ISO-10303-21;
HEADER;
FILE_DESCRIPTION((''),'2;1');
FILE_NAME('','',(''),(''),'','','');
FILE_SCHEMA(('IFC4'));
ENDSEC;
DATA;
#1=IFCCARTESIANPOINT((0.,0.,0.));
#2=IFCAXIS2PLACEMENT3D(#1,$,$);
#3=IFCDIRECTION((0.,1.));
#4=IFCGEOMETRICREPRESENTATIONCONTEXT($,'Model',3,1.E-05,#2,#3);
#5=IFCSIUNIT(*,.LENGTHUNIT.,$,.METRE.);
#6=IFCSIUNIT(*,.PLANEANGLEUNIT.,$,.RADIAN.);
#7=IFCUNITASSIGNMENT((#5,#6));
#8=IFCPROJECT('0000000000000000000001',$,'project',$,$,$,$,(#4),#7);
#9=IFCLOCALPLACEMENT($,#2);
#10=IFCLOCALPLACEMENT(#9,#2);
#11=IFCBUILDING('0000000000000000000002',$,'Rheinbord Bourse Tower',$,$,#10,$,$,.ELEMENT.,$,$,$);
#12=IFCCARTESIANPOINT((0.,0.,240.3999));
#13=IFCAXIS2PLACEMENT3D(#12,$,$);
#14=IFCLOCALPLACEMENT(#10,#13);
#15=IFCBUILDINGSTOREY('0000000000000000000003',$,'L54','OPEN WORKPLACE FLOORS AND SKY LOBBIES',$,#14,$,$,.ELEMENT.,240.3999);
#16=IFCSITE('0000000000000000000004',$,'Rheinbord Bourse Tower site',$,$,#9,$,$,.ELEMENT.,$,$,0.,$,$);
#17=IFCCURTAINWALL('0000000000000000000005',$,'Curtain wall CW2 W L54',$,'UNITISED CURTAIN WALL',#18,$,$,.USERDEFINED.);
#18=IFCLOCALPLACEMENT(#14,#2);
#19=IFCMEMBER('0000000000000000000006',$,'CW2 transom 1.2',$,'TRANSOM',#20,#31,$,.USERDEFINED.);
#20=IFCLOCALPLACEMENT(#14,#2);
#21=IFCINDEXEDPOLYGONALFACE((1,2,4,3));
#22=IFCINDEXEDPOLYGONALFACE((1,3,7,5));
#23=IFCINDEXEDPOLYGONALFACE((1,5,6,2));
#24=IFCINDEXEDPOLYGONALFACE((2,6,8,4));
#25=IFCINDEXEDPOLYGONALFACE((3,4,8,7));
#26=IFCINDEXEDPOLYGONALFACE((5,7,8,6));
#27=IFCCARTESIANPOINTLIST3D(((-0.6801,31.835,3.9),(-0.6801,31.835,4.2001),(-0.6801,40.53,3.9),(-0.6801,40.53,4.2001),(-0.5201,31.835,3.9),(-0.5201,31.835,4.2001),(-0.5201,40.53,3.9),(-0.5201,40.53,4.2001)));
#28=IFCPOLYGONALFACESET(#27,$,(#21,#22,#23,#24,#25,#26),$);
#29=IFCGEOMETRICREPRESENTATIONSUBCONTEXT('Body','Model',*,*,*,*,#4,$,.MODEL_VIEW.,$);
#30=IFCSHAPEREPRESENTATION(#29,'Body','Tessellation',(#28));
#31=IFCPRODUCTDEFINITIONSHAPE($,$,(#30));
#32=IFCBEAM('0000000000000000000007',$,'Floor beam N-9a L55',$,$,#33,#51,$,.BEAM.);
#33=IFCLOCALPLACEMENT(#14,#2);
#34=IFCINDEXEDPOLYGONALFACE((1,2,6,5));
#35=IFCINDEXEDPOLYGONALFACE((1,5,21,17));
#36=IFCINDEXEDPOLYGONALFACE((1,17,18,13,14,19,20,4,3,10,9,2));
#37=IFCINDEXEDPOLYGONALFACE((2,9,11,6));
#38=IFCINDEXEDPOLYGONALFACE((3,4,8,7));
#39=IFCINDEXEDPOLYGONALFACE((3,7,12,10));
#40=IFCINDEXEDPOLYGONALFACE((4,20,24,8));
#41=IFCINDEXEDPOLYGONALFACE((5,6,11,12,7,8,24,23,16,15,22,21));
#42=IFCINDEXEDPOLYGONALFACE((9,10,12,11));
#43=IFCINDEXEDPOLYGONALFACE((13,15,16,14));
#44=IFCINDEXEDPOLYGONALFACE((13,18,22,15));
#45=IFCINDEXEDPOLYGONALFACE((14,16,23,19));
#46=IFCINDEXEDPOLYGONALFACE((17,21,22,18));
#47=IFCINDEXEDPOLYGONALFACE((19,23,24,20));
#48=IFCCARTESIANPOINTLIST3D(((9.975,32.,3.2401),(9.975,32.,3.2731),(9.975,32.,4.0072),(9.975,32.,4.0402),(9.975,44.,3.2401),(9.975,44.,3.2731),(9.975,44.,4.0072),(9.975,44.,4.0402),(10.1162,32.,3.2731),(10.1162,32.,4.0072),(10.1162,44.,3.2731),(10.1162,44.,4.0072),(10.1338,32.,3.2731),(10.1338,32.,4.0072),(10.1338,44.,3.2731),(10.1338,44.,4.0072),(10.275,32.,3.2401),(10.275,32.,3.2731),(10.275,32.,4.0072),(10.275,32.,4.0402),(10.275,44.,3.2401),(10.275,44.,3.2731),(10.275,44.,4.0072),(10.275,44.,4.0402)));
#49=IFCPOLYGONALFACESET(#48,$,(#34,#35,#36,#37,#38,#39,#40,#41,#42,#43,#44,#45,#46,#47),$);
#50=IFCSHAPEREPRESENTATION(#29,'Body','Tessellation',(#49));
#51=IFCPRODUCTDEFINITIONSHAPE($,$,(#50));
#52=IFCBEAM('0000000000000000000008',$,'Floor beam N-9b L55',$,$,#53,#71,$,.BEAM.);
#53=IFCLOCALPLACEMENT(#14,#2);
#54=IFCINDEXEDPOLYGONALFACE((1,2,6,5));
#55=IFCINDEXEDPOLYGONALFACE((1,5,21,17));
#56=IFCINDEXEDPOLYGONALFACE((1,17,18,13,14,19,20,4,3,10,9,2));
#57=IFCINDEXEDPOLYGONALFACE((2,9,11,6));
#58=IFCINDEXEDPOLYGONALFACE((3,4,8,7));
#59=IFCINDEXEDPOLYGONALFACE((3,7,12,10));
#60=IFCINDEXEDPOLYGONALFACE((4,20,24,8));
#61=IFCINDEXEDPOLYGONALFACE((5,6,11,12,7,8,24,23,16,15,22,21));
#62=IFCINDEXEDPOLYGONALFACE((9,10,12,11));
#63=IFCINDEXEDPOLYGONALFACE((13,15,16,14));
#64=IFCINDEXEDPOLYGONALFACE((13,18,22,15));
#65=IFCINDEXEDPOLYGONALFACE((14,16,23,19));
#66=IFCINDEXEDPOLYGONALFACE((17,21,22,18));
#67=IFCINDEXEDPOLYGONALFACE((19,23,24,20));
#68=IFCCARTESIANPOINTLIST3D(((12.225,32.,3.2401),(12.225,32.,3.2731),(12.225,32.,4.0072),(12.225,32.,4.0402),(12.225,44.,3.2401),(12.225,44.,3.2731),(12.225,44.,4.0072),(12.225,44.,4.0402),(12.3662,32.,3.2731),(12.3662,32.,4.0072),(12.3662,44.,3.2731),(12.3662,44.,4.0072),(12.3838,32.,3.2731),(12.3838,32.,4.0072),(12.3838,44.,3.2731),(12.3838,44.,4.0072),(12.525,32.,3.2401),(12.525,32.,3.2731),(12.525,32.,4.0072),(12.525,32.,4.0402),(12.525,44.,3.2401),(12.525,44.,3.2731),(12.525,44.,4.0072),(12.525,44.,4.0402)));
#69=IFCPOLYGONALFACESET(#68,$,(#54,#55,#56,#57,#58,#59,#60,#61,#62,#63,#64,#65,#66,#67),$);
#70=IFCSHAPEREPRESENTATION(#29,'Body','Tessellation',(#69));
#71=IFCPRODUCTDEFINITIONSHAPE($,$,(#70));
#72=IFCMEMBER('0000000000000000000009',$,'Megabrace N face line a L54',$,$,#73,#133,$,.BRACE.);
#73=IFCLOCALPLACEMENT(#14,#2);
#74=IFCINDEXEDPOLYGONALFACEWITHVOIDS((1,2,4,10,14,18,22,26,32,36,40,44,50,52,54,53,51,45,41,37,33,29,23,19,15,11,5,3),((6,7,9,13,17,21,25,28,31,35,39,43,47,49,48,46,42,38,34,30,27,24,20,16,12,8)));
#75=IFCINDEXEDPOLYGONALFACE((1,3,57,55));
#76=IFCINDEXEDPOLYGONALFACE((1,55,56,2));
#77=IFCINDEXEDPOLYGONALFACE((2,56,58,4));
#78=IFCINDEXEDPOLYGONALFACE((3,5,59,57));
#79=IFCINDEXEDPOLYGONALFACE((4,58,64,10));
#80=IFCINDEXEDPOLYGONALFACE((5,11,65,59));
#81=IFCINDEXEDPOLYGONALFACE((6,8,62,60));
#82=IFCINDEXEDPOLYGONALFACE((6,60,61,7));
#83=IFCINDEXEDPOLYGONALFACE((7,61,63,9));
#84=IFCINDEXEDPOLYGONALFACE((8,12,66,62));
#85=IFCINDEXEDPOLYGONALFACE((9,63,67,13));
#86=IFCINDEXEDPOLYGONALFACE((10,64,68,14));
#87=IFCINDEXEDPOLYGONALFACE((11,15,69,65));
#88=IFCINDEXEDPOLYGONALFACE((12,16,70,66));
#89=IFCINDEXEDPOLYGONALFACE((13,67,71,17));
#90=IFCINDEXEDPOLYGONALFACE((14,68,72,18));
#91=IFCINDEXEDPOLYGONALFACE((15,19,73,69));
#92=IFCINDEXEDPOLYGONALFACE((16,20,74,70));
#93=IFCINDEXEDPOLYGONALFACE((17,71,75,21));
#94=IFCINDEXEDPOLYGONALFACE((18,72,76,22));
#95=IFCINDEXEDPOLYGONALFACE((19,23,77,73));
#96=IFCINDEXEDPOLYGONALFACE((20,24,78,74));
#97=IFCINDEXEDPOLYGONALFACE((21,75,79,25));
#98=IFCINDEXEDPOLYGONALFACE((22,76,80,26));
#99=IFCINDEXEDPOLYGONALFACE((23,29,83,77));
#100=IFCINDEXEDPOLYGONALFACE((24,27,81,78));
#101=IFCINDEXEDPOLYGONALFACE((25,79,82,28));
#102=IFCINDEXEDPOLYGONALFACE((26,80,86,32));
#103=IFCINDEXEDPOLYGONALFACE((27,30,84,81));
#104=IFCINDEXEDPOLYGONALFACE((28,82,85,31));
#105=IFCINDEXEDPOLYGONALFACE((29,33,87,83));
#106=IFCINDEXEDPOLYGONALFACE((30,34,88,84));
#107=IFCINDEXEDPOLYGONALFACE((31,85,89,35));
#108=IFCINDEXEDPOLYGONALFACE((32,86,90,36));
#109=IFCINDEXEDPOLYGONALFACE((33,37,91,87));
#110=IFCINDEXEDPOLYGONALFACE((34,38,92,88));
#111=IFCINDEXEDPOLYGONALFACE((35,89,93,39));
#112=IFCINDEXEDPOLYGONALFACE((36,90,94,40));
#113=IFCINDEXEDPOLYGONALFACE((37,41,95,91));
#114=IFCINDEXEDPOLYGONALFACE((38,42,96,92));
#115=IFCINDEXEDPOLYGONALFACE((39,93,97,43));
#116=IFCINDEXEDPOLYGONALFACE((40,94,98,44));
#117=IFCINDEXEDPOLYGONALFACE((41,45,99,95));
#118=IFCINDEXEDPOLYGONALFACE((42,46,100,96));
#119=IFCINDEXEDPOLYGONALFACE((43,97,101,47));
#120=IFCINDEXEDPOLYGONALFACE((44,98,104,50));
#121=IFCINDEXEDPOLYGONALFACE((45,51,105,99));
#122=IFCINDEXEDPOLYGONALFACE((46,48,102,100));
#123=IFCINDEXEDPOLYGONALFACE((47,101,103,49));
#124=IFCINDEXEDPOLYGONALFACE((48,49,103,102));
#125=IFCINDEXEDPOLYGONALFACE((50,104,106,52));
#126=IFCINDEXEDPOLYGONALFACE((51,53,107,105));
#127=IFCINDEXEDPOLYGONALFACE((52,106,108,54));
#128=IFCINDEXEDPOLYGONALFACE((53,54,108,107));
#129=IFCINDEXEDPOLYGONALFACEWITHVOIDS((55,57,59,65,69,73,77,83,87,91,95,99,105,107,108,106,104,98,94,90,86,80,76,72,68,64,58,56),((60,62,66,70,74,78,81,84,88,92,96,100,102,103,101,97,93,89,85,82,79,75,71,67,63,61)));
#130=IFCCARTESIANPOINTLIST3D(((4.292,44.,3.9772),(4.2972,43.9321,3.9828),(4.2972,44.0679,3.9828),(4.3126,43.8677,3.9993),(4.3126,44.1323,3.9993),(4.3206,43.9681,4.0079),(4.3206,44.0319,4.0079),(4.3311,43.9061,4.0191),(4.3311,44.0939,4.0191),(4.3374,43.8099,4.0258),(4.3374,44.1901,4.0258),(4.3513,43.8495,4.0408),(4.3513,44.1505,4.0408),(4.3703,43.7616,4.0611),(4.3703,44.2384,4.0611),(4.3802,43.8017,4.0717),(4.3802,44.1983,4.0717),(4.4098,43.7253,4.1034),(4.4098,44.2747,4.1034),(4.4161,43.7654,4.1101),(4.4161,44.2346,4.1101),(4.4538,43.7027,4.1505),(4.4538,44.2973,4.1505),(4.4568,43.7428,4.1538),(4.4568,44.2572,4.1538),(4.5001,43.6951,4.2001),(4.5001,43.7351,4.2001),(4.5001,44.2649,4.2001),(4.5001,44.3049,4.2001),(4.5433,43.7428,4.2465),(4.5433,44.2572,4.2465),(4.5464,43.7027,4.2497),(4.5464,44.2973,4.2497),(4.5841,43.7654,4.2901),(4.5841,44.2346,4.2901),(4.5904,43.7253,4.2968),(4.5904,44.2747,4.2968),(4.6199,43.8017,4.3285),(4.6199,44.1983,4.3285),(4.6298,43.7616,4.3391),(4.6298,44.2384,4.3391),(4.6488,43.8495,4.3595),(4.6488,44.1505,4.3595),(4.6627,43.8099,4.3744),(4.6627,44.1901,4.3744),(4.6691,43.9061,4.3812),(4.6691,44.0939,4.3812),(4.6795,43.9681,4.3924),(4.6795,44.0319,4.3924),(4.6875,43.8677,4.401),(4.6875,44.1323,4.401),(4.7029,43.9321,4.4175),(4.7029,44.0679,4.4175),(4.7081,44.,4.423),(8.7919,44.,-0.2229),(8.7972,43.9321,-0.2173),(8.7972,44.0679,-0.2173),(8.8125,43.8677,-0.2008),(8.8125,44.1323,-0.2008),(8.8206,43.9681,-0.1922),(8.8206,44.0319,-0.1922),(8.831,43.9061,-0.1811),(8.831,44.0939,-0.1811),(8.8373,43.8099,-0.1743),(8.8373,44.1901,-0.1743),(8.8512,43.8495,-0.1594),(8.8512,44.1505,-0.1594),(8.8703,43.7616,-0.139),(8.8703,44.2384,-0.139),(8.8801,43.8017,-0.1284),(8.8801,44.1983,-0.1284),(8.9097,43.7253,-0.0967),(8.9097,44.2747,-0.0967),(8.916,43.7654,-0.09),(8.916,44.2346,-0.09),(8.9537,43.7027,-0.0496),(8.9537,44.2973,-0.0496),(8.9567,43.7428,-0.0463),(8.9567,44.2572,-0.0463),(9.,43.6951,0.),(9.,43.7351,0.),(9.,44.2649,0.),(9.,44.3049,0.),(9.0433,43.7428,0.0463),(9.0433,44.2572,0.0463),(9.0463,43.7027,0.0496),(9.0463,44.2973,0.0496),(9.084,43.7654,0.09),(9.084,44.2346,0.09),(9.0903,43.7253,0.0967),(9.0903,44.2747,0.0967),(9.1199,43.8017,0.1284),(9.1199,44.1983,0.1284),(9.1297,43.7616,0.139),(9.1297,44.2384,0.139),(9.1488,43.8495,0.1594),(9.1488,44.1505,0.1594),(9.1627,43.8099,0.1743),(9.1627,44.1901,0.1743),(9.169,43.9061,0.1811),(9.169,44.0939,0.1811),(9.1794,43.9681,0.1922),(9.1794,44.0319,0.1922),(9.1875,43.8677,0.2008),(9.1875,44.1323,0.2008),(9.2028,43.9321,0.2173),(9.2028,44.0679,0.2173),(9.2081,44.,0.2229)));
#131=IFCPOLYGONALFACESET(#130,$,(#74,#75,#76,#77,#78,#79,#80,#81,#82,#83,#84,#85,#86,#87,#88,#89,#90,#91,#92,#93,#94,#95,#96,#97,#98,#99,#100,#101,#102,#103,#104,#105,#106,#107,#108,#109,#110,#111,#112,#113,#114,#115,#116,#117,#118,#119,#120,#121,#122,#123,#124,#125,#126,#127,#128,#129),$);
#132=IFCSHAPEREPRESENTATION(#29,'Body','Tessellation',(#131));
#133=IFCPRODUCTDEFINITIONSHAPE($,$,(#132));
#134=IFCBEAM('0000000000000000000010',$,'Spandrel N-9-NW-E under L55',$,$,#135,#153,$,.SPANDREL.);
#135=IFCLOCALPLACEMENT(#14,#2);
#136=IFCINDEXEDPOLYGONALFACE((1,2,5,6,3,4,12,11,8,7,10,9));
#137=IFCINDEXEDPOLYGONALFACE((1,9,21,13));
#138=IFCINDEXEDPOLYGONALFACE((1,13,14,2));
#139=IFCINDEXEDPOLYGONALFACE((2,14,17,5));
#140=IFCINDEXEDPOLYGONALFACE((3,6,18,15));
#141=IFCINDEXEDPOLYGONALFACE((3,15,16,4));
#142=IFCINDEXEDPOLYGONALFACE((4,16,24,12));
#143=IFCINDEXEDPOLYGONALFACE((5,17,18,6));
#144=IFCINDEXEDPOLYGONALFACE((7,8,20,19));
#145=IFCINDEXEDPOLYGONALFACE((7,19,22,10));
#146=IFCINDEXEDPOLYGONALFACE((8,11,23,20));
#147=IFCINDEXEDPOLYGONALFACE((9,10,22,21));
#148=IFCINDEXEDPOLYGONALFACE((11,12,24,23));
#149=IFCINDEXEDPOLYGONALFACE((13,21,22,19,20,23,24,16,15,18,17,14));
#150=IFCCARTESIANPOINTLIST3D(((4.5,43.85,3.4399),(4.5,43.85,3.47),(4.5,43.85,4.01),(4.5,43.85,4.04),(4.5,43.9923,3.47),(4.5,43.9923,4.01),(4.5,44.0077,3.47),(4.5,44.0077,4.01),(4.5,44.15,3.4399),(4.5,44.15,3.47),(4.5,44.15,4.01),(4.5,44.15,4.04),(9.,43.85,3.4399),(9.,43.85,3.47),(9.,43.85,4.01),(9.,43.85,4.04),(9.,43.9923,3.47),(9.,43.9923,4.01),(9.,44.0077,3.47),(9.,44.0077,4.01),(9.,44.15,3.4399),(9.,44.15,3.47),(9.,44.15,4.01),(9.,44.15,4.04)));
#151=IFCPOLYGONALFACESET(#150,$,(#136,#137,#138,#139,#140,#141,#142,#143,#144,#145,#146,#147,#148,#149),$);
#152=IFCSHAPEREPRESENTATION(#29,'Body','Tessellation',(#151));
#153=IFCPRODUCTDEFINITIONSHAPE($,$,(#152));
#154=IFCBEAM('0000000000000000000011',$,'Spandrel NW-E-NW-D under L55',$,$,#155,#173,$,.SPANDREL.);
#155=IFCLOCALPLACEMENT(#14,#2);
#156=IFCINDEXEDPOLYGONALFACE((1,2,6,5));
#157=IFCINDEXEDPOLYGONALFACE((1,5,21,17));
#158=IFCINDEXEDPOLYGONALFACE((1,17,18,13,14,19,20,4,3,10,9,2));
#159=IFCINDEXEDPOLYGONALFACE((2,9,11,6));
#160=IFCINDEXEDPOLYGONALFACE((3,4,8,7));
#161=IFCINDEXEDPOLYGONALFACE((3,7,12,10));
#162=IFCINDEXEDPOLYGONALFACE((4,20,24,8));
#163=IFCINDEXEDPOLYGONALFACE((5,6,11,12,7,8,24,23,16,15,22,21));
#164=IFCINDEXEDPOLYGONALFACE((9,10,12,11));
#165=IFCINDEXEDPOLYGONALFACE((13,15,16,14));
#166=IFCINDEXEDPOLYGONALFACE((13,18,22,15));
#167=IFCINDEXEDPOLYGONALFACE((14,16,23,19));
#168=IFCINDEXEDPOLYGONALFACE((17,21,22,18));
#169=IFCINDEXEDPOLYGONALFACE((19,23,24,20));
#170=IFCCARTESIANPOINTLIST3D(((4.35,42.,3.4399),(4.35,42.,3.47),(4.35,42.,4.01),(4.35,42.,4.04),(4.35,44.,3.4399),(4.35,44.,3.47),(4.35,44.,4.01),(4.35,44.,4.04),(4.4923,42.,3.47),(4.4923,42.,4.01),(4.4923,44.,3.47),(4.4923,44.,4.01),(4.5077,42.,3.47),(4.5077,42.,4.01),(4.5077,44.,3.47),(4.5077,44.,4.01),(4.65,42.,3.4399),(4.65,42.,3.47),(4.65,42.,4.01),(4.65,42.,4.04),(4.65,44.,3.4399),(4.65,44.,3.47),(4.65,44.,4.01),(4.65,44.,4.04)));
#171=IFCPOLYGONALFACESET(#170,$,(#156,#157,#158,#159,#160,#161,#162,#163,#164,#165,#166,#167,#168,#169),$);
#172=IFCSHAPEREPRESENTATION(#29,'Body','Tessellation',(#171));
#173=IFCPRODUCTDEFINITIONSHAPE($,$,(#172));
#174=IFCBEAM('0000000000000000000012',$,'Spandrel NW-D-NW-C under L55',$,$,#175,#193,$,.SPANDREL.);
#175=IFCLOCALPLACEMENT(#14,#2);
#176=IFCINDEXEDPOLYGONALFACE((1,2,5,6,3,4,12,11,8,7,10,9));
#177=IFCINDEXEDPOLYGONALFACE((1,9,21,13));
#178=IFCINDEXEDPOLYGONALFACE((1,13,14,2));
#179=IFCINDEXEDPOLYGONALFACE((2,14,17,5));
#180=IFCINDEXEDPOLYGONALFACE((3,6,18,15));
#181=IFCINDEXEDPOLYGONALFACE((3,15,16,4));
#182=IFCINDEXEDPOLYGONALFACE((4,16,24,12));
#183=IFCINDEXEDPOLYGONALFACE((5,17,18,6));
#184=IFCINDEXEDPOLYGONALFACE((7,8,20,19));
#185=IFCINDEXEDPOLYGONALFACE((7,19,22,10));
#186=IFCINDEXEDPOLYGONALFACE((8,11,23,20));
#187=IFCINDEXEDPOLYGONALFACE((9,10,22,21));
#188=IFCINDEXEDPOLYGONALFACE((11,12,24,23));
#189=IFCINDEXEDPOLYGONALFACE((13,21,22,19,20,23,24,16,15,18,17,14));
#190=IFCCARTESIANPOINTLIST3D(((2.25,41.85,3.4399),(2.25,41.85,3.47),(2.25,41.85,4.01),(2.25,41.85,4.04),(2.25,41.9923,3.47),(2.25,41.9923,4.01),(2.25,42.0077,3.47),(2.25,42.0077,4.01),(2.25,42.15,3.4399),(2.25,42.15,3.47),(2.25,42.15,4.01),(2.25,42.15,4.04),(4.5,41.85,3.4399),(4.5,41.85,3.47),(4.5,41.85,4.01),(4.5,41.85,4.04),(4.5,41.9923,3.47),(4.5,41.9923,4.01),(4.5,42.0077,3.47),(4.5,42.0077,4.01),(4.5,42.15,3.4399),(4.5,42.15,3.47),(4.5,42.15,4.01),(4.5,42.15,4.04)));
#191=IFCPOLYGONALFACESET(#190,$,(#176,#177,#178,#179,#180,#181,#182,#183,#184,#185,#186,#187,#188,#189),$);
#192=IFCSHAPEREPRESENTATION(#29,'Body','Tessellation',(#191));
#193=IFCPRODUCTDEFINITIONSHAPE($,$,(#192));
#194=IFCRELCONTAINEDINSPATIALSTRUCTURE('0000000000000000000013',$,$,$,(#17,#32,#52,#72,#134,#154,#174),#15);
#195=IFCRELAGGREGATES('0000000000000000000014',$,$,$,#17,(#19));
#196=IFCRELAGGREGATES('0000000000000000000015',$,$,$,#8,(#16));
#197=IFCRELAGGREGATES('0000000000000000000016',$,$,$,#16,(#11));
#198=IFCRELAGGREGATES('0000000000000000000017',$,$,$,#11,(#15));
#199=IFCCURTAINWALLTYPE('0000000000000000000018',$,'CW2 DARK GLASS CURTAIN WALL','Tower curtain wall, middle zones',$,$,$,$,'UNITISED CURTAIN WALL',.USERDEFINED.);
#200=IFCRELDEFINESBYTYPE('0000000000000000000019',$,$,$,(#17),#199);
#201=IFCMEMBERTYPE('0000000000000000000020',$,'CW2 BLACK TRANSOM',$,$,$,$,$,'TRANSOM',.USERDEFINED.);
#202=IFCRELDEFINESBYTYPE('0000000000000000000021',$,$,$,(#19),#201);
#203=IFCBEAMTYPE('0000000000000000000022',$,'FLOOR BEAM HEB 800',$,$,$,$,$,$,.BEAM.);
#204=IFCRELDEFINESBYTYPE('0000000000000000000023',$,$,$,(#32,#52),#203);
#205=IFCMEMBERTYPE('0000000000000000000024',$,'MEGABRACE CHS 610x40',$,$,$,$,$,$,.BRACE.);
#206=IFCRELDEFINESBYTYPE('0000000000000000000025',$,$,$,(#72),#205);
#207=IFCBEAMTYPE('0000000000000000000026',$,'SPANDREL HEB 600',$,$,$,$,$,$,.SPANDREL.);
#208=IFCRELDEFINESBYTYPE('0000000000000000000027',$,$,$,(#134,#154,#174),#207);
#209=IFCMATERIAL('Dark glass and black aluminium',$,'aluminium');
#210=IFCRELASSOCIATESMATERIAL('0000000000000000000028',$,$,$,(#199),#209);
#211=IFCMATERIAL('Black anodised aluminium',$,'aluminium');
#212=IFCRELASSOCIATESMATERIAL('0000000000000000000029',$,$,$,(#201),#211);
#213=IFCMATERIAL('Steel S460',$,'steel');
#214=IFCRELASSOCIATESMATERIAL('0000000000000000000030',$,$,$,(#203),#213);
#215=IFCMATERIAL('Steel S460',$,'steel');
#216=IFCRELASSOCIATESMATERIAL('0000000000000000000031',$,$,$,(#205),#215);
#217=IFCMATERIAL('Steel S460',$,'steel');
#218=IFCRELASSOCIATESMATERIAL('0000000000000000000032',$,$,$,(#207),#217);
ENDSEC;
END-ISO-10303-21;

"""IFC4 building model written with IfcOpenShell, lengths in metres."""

from ifc_helpers import new_model, si_unit, direction, frame, origin, origin_2d, place, context, subcontext, project, spatial, rectangle, hollow_circle, i_section, extrude, material, material_profile, profile_set, type_object, element, aggregate, save


model = new_model("IFC4")

# Units and contexts
model_context = context("Model", 3, precision=1e-05, world=origin(), true_north=direction((0.0, 1.0)))
body_context = subcontext(model_context, "Body", "Model", "MODEL_VIEW")
ifc_project = project(units=[si_unit("LENGTHUNIT", "METRE"), si_unit("PLANEANGLEUNIT", "RADIAN")], contexts=[model_context])

# Site, building, storey
site_placement = place(None, origin())
site = spatial("IfcSite", under=ifc_project, at=site_placement, Name="Rheinbord Bourse Tower site", CompositionType="ELEMENT", RefElevation=0.0)
building_placement = place(site_placement, origin())
building = spatial("IfcBuilding", under=site, at=building_placement, Name="Rheinbord Bourse Tower", CompositionType="ELEMENT")
storey_placement = place(building_placement, frame((0.0, 0.0, 240.3999)))
storey = spatial("IfcBuildingStorey", under=building, at=storey_placement, Name="L54", Description="OPEN WORKPLACE FLOORS AND SKY LOBBIES", CompositionType="ELEMENT", Elevation=240.3999)

# Shared definitions
ifc_material_1 = material(Name="Dark glass and black aluminium", Category="aluminium")
curtain_wall_type = type_object("IfcCurtainWallType", Name="CW2 DARK GLASS CURTAIN WALL", Description="Tower curtain wall, middle zones", ElementType="UNITISED CURTAIN WALL", PredefinedType="USERDEFINED", material=ifc_material_1)

# Curtain wall
curtain_wall_1_placement = place(storey_placement, origin())
curtain_wall_1 = element("IfcCurtainWall", 1, at=curtain_wall_1_placement, inside=storey, type_object=curtain_wall_type, Name="Curtain wall CW2 W L54", ObjectType="UNITISED CURTAIN WALL", PredefinedType="USERDEFINED")

# Member
ifc_material_2 = material(Name="Black anodised aluminium", Category="aluminium")
ifc_material_profile_1 = material_profile(ifc_material_2, rectangle(XDim=0.1599, YDim=0.3, at=origin_2d()), Name="CW2 TRANSOM 300x160")
ifc_profile_set_1 = profile_set([ifc_material_profile_1], Name="Black anodised aluminium")
member_type_1 = type_object("IfcMemberType", Name="CW2 BLACK TRANSOM", ElementType="TRANSOM", PredefinedType="USERDEFINED", material=ifc_profile_set_1)
member_1_placement = place(storey_placement, frame((-0.6001, 40.53, 4.05), z_axis=(0.0, -1.0, 0.0), x_axis=(1.0, 0.0, 0.0)))
member_1 = element("IfcMember", 2, at=member_1_placement, type_object=member_type_1, Name="CW2 transom 1.2", ObjectType="TRANSOM", PredefinedType="USERDEFINED", context=body_context, shape_type="SweptSolid", body=[
    extrude(rectangle(XDim=0.1599, YDim=0.3, at=origin_2d()), origin(), (0.0, 0.0, 1.0), 8.6951),
])

# Beams
ifc_material_3 = material(Name="Steel S460", Category="steel")
ifc_material_profile_2 = material_profile(ifc_material_3, i_section(OverallWidth=0.3, OverallDepth=0.8, WebThickness=0.0176, FlangeThickness=0.033, at=origin_2d()), Name="HEB 800")
ifc_profile_set_2 = profile_set([ifc_material_profile_2], Name="Steel S460")
beam_type_1 = type_object("IfcBeamType", Name="FLOOR BEAM HEB 800", PredefinedType="BEAM", material=ifc_profile_set_2)
for number, where, z_axis, x_axis, name in (
    (3, (10.125, 44.0, 3.6401), (0.0, -1.0, 0.0), (1.0, 0.0, 0.0), "Floor beam N-9a L55"),
    (4, (12.375, 44.0, 3.6401), (0.0, -1.0, 0.0), (1.0, 0.0, 0.0), "Floor beam N-9b L55"),
):
    element("IfcBeam", number, at=place(storey_placement, frame(where, z_axis=z_axis, x_axis=x_axis)), inside=storey, type_object=beam_type_1, Name=name, PredefinedType="BEAM", context=body_context, shape_type="SweptSolid", body=[
        extrude(i_section(OverallWidth=0.3, OverallDepth=0.8, WebThickness=0.0176, FlangeThickness=0.033, at=origin_2d()), origin(), (0.0, 0.0, 1.0), 12.0),
    ])

# Member
ifc_material_4 = material(Name="Steel S460", Category="steel")
ifc_material_profile_3 = material_profile(ifc_material_4, hollow_circle(Radius=0.3049, WallThickness=0.04, at=origin_2d()), Name="CHS 610x40")
ifc_profile_set_3 = profile_set([ifc_material_profile_3], Name="Steel S460")
member_type_2 = type_object("IfcMemberType", Name="MEGABRACE CHS 610x40", PredefinedType="BRACE", material=ifc_profile_set_3)
member_2_placement = place(storey_placement, frame((9.0, 44.0, 0.0), z_axis=(-0.731039, 0.0, 0.682335), x_axis=(0.0, -1.0, 0.0)))
element("IfcMember", 5, at=member_2_placement, inside=storey, type_object=member_type_2, Name="Megabrace N face line a L54", PredefinedType="BRACE", context=body_context, shape_type="SweptSolid", body=[
    extrude(hollow_circle(Radius=0.3049, WallThickness=0.04, at=origin_2d()), origin(), (0.0, 0.0, 1.0), 6.1555),
])

# Beams
ifc_material_5 = material(Name="Steel S460", Category="steel")
ifc_material_profile_4 = material_profile(ifc_material_5, i_section(OverallWidth=0.3, OverallDepth=0.6001, WebThickness=0.0154, FlangeThickness=0.03, at=origin_2d()), Name="HEB 600")
ifc_profile_set_4 = profile_set([ifc_material_profile_4], Name="Steel S460")
beam_type_2 = type_object("IfcBeamType", Name="SPANDREL HEB 600", PredefinedType="SPANDREL", material=ifc_profile_set_4)
beam_1_placement = place(storey_placement, frame((9.0, 44.0, 3.74), z_axis=(-1.0, 0.0, 0.0), x_axis=(0.0, -1.0, 0.0)))
element("IfcBeam", 6, at=beam_1_placement, inside=storey, type_object=beam_type_2, Name="Spandrel N-9-NW-E under L55", PredefinedType="SPANDREL", context=body_context, shape_type="SweptSolid", body=[
    extrude(i_section(OverallWidth=0.3, OverallDepth=0.6001, WebThickness=0.0154, FlangeThickness=0.03, at=origin_2d()), origin(), (0.0, 0.0, 1.0), 4.5),
])
beam_2_placement = place(storey_placement, frame((4.5, 44.0, 3.74), z_axis=(0.0, -1.0, 0.0), x_axis=(1.0, 0.0, 0.0)))
element("IfcBeam", 7, at=beam_2_placement, inside=storey, type_object=beam_type_2, Name="Spandrel NW-E-NW-D under L55", PredefinedType="SPANDREL", context=body_context, shape_type="SweptSolid", body=[
    extrude(i_section(OverallWidth=0.3, OverallDepth=0.6001, WebThickness=0.0154, FlangeThickness=0.03, at=origin_2d()), origin(), (0.0, 0.0, 1.0), 2.0),
])
beam_3_placement = place(storey_placement, frame((4.5, 42.0, 3.74), z_axis=(-1.0, 0.0, 0.0), x_axis=(0.0, -1.0, 0.0)))
element("IfcBeam", 8, at=beam_3_placement, inside=storey, type_object=beam_type_2, Name="Spandrel NW-D-NW-C under L55", PredefinedType="SPANDREL", context=body_context, shape_type="SweptSolid", body=[
    extrude(i_section(OverallWidth=0.3, OverallDepth=0.6001, WebThickness=0.0154, FlangeThickness=0.03, at=origin_2d()), origin(), (0.0, 0.0, 1.0), 2.25),
])

aggregate(curtain_wall_1, [member_1])

save(model, "model.ifc")
